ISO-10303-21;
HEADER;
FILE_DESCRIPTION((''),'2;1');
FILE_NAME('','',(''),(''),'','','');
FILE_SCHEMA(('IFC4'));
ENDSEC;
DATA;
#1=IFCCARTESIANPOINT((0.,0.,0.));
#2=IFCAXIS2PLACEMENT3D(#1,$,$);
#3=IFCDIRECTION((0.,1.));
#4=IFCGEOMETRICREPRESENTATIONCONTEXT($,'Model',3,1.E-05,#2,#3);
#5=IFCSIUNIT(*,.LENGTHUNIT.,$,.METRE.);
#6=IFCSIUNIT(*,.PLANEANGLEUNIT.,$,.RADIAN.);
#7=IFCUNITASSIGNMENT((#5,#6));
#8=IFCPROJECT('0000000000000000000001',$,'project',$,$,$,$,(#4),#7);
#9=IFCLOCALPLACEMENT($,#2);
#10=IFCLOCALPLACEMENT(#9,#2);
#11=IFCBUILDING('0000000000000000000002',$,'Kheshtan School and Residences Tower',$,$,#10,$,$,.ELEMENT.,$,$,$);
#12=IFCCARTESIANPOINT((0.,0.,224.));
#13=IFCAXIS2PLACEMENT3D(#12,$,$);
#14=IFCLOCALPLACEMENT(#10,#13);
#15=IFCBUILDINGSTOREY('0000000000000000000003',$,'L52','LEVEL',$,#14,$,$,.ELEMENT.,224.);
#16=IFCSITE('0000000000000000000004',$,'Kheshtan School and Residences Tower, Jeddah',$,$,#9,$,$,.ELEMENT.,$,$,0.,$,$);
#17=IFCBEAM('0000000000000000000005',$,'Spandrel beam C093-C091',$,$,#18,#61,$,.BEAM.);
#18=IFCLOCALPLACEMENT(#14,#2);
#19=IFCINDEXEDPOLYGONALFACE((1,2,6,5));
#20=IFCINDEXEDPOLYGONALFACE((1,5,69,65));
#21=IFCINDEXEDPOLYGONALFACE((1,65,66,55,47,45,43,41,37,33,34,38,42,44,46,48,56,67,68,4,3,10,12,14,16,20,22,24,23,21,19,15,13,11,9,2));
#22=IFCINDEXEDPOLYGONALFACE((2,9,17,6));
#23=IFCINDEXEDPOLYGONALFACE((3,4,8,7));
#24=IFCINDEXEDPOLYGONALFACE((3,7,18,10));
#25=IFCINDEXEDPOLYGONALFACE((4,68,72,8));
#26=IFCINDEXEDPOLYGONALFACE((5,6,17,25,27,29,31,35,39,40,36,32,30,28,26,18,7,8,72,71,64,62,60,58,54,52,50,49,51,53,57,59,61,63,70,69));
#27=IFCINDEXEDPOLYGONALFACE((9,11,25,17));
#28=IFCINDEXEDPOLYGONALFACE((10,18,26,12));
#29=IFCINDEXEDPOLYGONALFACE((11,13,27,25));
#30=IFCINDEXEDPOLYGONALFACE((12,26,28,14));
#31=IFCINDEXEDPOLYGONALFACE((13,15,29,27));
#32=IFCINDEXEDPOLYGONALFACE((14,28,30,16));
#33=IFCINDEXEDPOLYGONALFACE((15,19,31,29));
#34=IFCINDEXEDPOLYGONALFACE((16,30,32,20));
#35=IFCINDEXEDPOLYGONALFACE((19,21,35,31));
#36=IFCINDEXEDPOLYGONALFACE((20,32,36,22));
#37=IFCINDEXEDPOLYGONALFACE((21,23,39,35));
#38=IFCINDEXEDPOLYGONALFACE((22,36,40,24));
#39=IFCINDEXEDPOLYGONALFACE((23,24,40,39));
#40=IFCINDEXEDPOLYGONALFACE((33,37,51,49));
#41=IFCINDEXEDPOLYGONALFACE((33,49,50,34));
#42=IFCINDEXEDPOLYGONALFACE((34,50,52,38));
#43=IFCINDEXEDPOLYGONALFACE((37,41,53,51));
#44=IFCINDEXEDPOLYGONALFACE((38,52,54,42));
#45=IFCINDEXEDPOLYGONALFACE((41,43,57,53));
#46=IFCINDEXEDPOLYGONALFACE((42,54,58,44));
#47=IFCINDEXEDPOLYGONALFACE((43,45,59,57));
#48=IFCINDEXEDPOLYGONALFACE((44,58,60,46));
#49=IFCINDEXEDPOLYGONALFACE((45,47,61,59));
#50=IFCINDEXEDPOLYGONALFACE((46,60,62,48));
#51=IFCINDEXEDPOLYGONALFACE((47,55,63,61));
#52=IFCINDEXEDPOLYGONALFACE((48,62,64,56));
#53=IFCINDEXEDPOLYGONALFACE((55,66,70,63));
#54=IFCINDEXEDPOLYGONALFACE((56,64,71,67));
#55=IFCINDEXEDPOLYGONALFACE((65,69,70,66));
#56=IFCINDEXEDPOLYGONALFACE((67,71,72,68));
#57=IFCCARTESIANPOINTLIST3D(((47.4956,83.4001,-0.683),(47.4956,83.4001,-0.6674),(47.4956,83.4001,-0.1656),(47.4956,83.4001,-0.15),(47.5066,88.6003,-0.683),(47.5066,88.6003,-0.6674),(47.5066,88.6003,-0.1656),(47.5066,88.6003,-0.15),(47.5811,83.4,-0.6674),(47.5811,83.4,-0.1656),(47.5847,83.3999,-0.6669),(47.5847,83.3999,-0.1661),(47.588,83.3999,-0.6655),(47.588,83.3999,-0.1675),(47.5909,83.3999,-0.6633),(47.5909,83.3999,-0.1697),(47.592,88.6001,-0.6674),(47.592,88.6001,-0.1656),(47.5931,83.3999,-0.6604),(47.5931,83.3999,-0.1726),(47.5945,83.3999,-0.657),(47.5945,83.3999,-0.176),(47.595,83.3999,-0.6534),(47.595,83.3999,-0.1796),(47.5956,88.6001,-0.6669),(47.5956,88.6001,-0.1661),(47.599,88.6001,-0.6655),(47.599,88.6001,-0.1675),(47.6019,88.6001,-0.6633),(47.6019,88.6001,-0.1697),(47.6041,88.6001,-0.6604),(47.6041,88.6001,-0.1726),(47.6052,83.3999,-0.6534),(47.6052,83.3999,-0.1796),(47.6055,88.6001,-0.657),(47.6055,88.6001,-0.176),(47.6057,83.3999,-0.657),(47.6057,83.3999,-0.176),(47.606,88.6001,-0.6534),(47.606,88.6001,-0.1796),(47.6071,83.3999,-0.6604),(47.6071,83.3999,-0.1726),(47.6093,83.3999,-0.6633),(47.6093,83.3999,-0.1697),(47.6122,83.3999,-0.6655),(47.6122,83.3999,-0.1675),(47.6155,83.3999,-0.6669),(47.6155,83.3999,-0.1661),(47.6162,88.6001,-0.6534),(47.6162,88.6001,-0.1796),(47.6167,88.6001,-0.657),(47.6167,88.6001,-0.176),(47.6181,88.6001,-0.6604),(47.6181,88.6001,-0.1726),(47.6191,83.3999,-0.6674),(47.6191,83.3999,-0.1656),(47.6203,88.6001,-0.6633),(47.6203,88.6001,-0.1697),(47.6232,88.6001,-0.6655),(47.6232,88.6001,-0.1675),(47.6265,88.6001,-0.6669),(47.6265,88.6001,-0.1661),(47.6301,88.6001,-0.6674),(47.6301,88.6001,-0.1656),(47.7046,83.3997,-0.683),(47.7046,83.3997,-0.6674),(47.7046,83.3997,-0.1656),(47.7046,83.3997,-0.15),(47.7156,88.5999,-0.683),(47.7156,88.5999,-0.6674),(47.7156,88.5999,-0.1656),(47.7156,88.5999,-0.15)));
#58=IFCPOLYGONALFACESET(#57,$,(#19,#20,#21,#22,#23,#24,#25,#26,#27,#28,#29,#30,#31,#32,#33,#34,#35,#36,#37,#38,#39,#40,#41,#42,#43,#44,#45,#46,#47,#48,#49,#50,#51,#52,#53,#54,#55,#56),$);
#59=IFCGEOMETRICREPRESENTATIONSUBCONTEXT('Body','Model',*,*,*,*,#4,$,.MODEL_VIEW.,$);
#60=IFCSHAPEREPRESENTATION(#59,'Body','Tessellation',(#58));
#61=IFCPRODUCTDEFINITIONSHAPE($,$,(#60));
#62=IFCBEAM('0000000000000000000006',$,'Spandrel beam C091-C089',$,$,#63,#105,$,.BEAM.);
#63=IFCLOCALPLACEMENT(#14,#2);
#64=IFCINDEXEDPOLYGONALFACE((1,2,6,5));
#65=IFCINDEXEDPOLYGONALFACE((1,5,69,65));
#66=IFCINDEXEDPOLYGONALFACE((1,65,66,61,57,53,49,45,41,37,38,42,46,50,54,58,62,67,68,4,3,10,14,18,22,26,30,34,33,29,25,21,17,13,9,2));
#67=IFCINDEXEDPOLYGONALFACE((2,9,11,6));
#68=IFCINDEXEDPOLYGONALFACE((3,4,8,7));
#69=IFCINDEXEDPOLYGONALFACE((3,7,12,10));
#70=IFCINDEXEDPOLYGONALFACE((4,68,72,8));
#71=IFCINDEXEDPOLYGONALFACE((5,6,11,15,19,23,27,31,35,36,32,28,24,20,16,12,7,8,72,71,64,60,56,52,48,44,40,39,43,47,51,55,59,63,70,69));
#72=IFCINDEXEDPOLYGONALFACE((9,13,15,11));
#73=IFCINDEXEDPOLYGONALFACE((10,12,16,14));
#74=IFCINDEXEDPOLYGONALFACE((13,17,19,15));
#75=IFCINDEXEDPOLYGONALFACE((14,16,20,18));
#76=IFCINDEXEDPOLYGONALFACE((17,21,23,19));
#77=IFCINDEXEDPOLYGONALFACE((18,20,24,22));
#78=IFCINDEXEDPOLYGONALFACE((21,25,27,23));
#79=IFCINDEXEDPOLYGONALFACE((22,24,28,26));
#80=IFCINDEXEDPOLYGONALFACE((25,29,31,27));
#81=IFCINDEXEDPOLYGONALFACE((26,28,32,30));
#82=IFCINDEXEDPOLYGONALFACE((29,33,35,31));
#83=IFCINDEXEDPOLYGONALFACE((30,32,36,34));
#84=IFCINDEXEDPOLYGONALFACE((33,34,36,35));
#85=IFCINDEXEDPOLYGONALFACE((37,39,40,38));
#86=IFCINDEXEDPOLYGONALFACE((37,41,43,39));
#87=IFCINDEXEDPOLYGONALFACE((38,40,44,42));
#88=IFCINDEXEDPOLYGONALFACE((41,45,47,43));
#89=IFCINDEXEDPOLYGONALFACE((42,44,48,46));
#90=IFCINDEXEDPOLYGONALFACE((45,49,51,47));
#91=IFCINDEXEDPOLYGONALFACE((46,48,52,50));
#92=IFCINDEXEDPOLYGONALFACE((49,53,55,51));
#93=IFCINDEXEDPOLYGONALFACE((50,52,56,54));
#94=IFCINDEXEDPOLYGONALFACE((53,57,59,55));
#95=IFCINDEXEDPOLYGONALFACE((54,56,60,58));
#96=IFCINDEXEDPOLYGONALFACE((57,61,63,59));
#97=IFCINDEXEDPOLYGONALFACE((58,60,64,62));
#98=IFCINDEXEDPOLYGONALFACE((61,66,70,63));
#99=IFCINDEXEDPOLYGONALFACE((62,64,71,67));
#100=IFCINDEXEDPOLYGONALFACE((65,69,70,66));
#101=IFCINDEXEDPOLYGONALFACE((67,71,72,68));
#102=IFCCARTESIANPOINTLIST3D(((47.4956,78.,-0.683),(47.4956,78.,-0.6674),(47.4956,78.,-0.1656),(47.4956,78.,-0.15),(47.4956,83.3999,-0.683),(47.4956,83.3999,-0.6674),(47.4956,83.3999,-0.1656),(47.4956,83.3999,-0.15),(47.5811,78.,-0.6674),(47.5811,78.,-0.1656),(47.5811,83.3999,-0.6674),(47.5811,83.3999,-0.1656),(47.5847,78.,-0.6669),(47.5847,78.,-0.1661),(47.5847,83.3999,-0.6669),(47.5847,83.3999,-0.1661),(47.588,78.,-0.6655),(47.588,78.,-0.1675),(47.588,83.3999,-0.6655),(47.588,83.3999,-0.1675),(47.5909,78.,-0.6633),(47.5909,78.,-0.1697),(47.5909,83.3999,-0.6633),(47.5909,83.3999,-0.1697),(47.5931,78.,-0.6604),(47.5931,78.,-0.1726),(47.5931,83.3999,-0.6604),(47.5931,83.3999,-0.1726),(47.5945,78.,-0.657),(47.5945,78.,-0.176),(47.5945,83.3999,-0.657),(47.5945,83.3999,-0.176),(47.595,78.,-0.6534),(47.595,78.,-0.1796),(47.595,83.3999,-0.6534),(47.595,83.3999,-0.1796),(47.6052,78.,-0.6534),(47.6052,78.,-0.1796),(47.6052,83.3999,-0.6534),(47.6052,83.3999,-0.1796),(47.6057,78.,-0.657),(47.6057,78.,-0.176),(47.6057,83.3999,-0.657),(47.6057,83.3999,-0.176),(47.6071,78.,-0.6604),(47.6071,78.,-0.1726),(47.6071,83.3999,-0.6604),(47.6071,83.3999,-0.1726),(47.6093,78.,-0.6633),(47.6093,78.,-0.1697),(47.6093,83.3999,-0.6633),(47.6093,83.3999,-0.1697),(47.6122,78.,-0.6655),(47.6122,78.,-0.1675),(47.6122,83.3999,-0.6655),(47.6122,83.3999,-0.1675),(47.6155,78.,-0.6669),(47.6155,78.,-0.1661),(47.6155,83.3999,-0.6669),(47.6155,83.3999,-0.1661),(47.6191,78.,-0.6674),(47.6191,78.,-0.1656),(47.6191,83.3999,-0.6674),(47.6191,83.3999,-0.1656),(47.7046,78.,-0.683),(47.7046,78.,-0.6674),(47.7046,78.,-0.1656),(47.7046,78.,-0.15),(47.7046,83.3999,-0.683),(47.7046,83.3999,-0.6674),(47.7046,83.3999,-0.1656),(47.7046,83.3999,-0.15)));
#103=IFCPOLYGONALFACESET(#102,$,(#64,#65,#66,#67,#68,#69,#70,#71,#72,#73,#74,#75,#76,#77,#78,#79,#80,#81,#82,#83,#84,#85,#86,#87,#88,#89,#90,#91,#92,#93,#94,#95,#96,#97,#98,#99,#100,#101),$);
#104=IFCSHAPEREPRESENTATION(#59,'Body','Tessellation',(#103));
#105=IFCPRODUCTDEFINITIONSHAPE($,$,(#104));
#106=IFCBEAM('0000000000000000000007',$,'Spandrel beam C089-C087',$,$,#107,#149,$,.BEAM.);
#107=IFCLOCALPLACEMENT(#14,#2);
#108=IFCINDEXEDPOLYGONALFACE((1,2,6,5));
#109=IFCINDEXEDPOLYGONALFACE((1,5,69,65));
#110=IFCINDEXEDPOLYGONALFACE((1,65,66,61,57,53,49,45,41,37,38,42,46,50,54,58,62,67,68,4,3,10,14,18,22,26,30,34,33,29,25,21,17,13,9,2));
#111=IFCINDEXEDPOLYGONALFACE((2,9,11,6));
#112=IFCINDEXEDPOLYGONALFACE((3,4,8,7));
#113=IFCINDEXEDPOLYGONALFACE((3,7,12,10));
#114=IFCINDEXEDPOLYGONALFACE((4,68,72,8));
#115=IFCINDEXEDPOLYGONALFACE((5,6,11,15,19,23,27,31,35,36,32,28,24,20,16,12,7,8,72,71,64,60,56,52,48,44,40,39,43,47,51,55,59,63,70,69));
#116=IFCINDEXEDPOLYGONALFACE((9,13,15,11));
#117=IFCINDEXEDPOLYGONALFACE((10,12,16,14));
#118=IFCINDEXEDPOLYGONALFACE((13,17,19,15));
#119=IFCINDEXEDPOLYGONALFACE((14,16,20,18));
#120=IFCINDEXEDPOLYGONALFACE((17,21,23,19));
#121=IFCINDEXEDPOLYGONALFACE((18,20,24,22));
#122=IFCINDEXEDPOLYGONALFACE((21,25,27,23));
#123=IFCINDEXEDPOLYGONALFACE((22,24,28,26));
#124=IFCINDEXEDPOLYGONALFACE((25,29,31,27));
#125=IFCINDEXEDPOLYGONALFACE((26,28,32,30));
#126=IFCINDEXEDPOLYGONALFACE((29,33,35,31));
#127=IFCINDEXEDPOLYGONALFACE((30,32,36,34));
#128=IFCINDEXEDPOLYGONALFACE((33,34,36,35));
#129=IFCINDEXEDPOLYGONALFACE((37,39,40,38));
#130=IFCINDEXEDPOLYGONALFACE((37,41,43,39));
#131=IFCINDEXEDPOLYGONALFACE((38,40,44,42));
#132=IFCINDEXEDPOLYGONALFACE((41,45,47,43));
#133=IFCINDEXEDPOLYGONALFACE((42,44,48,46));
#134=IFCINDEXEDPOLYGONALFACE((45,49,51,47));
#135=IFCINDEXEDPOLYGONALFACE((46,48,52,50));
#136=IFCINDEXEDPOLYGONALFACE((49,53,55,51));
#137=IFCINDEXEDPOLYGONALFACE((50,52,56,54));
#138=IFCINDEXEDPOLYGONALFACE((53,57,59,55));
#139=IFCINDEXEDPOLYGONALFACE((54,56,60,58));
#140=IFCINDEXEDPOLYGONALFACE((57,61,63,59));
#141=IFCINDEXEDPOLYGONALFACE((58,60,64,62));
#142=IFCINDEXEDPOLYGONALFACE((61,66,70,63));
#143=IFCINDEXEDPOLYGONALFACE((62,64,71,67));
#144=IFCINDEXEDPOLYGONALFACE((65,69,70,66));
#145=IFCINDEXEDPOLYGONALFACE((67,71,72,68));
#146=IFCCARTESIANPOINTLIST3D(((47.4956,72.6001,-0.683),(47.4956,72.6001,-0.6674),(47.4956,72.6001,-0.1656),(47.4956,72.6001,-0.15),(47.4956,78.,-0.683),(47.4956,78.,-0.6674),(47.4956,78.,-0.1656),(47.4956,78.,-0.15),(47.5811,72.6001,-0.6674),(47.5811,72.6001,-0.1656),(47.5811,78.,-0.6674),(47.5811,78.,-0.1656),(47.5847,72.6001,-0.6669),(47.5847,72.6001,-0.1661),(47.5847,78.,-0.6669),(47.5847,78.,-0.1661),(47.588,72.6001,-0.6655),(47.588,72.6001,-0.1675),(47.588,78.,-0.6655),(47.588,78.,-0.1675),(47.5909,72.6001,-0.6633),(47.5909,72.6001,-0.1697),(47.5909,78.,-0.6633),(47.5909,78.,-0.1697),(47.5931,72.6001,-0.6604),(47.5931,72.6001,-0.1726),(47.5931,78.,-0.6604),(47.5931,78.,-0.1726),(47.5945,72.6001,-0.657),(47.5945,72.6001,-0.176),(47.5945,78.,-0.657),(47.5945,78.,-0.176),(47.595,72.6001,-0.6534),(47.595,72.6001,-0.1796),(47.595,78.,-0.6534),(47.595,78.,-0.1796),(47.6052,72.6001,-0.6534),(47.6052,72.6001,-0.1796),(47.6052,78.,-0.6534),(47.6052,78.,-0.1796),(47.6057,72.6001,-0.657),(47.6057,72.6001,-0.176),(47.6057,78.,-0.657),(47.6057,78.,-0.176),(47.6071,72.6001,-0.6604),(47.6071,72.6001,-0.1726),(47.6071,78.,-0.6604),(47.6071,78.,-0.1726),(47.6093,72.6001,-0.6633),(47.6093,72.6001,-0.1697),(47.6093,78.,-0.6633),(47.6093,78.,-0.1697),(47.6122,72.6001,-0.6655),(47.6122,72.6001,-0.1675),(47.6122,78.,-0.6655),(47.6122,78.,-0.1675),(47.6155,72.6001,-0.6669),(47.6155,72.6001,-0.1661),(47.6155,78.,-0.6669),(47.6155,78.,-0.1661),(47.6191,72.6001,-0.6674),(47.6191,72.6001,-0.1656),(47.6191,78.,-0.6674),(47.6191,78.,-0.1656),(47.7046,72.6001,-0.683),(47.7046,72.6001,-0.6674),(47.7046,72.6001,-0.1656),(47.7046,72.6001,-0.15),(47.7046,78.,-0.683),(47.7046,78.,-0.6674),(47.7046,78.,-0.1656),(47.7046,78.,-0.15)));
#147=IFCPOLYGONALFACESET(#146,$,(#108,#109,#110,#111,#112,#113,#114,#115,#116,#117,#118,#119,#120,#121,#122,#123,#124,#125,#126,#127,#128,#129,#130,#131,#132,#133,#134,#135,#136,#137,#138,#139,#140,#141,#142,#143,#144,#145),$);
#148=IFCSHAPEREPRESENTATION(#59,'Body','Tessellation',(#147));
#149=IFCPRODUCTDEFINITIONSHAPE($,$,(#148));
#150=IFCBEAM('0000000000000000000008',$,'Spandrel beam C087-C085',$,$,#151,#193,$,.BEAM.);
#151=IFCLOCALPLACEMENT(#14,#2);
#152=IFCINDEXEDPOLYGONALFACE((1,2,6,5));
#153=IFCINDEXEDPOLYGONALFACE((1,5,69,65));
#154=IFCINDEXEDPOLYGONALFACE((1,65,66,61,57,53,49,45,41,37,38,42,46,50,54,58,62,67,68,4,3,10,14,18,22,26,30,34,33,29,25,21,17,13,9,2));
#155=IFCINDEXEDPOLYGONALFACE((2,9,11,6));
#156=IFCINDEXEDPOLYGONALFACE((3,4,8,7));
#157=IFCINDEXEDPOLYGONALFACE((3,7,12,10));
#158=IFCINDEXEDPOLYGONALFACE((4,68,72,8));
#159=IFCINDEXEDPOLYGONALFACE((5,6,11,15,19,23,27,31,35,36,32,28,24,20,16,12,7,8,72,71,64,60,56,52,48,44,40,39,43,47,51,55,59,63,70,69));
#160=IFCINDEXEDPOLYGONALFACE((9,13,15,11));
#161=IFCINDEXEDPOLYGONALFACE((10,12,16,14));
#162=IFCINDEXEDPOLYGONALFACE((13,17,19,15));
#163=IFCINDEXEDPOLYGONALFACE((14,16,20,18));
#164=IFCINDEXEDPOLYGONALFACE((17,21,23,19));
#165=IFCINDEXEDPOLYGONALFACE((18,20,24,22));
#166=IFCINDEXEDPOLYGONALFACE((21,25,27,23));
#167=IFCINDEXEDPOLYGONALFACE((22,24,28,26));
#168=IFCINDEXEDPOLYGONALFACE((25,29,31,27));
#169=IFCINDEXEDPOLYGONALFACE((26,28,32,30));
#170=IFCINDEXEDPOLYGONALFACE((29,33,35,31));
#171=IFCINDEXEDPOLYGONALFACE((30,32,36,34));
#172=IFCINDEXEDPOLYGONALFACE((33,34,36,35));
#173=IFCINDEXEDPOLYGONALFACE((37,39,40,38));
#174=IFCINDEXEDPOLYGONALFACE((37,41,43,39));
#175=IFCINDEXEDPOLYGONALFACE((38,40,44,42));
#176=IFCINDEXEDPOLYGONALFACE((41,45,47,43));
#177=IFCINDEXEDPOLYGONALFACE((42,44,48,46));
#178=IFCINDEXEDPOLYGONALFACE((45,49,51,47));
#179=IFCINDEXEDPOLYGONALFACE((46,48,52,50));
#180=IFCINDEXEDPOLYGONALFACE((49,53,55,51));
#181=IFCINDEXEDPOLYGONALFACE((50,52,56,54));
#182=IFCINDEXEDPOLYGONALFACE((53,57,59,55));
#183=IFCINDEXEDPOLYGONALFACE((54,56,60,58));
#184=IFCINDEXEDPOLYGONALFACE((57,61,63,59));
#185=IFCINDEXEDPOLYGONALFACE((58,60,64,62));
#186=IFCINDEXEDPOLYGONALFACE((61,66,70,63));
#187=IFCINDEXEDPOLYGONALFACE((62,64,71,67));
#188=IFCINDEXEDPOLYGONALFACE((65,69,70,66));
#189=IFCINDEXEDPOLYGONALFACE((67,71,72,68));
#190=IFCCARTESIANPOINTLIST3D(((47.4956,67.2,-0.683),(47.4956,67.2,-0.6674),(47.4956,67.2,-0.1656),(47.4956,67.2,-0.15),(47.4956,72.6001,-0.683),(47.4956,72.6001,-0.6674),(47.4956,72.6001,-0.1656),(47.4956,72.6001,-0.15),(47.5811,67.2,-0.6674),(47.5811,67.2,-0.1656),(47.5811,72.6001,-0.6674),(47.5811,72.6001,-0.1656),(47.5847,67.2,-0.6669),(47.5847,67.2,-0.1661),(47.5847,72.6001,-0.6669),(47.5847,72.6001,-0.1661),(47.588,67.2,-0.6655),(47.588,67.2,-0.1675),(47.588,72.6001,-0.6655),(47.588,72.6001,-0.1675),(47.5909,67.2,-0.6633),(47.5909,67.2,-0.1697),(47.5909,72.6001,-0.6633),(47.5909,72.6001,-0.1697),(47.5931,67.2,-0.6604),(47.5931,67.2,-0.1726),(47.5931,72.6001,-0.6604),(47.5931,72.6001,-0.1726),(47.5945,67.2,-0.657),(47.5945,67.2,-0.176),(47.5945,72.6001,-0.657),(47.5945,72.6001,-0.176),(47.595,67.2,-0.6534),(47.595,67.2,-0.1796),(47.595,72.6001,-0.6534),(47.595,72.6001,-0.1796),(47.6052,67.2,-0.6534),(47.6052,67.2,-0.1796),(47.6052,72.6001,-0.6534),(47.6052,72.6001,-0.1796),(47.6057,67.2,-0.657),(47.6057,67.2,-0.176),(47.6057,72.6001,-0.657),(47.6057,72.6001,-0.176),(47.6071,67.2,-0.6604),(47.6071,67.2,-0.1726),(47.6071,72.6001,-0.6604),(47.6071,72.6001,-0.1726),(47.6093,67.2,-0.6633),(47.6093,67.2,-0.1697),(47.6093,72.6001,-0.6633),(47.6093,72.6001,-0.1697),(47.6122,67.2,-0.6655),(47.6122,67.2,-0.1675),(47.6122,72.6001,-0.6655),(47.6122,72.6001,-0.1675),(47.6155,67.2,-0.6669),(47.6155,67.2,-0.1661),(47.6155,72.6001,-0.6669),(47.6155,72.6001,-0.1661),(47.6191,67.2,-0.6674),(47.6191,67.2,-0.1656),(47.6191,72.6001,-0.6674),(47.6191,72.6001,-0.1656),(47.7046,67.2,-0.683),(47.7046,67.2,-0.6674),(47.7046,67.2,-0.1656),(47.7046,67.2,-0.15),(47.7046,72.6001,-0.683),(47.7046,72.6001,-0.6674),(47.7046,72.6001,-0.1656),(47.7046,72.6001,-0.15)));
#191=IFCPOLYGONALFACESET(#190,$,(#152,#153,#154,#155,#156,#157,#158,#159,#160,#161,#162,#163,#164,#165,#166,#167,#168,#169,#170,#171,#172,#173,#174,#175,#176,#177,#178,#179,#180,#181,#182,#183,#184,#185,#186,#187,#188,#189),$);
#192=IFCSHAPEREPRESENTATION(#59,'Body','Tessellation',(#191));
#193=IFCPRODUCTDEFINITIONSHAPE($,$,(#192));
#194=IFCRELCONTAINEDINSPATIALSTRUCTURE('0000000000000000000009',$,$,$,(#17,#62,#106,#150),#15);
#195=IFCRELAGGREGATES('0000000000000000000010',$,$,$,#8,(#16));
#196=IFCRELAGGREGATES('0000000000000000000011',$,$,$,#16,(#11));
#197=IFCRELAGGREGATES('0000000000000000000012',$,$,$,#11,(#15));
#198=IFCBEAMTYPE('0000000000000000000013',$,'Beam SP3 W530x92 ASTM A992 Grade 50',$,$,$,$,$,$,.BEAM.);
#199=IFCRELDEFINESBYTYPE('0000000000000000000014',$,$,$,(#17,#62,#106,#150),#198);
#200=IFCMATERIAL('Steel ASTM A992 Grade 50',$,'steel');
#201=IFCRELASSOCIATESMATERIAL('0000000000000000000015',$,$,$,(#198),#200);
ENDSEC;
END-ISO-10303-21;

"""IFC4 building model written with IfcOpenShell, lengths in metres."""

from ifc_helpers import new_model, si_unit, direction, frame, origin, origin_2d, place, context, subcontext, project, spatial, i_section, extrude, material, material_profile, profile_set, type_object, element, save


model = new_model("IFC4")

# Units and contexts
model_context = context("Model", 3, precision=1e-05, world=origin(), true_north=direction((0.0, 1.0)))
body_context = subcontext(model_context, "Body", "Model", "MODEL_VIEW")
ifc_project = project(units=[si_unit("LENGTHUNIT", "METRE"), si_unit("PLANEANGLEUNIT", "RADIAN")], contexts=[model_context])

# Site, building, storey
site_placement = place(None, origin())
site = spatial("IfcSite", under=ifc_project, at=site_placement, Name="Kheshtan School and Residences Tower, Jeddah", CompositionType="ELEMENT", RefElevation=0.0)
building_placement = place(site_placement, origin())
building = spatial("IfcBuilding", under=site, at=building_placement, Name="Kheshtan School and Residences Tower", CompositionType="ELEMENT")
storey_placement = place(building_placement, frame((0.0, 0.0, 224.0)))
storey = spatial("IfcBuildingStorey", under=building, at=storey_placement, Name="L52", Description="LEVEL", CompositionType="ELEMENT", Elevation=224.0)

# Shared definitions
ifc_material_1 = material(Name="Steel ASTM A992 Grade 50", Category="steel")

# Beams
ifc_material_profile_1 = material_profile(ifc_material_1, i_section(OverallWidth=0.209, OverallDepth=0.533, WebThickness=0.0103, FlangeThickness=0.0156, FilletRadius=0.0139, at=origin_2d()), Name="W530x92")
ifc_profile_set_1 = profile_set([ifc_material_profile_1], Name="Steel ASTM A992 Grade 50")
beam_type_1 = type_object("IfcBeamType", Name="Beam SP3 W530x92 ASTM A992 Grade 50", PredefinedType="BEAM", material=ifc_profile_set_1)
beam_1_placement = place(storey_placement, frame((47.6111, 88.6001, -0.4165), z_axis=(-0.002113, -0.999998, 0.0), x_axis=(0.999998, -0.002113, 0.0)))
element("IfcBeam", 1, at=beam_1_placement, inside=storey, type_object=beam_type_1, Name="Spandrel beam C093-C091", PredefinedType="BEAM", context=body_context, shape_type="SweptSolid", body=[
    extrude(i_section(OverallWidth=0.209, OverallDepth=0.533, WebThickness=0.0103, FlangeThickness=0.0156, FilletRadius=0.0139, at=origin_2d()), origin(), (0.0, 0.0, 1.0), 5.2002),
])
for number, where, z_axis, x_axis, name in (
    (2, (47.6001, 83.3999, -0.4165), (0.0, -1.0, 0.0), (1.0, 0.0, 0.0), "Spandrel beam C091-C089"),
    (3, (47.6001, 78.0, -0.4165), (0.0, -1.0, 0.0), (1.0, 0.0, 0.0), "Spandrel beam C089-C087"),
):
    element("IfcBeam", number, at=place(storey_placement, frame(where, z_axis=z_axis, x_axis=x_axis)), inside=storey, type_object=beam_type_1, Name=name, PredefinedType="BEAM", context=body_context, shape_type="SweptSolid", body=[
        extrude(i_section(OverallWidth=0.209, OverallDepth=0.533, WebThickness=0.0103, FlangeThickness=0.0156, FilletRadius=0.0139, at=origin_2d()), origin(), (0.0, 0.0, 1.0), 5.3999),
    ])
beam_2_placement = place(storey_placement, frame((47.6001, 72.6001, -0.4165), z_axis=(0.0, -1.0, 0.0), x_axis=(1.0, 0.0, 0.0)))
element("IfcBeam", 4, at=beam_2_placement, inside=storey, type_object=beam_type_1, Name="Spandrel beam C087-C085", PredefinedType="BEAM", context=body_context, shape_type="SweptSolid", body=[
    extrude(i_section(OverallWidth=0.209, OverallDepth=0.533, WebThickness=0.0103, FlangeThickness=0.0156, FilletRadius=0.0139, at=origin_2d()), origin(), (0.0, 0.0, 1.0), 5.4001),
])

save(model, "model.ifc")
